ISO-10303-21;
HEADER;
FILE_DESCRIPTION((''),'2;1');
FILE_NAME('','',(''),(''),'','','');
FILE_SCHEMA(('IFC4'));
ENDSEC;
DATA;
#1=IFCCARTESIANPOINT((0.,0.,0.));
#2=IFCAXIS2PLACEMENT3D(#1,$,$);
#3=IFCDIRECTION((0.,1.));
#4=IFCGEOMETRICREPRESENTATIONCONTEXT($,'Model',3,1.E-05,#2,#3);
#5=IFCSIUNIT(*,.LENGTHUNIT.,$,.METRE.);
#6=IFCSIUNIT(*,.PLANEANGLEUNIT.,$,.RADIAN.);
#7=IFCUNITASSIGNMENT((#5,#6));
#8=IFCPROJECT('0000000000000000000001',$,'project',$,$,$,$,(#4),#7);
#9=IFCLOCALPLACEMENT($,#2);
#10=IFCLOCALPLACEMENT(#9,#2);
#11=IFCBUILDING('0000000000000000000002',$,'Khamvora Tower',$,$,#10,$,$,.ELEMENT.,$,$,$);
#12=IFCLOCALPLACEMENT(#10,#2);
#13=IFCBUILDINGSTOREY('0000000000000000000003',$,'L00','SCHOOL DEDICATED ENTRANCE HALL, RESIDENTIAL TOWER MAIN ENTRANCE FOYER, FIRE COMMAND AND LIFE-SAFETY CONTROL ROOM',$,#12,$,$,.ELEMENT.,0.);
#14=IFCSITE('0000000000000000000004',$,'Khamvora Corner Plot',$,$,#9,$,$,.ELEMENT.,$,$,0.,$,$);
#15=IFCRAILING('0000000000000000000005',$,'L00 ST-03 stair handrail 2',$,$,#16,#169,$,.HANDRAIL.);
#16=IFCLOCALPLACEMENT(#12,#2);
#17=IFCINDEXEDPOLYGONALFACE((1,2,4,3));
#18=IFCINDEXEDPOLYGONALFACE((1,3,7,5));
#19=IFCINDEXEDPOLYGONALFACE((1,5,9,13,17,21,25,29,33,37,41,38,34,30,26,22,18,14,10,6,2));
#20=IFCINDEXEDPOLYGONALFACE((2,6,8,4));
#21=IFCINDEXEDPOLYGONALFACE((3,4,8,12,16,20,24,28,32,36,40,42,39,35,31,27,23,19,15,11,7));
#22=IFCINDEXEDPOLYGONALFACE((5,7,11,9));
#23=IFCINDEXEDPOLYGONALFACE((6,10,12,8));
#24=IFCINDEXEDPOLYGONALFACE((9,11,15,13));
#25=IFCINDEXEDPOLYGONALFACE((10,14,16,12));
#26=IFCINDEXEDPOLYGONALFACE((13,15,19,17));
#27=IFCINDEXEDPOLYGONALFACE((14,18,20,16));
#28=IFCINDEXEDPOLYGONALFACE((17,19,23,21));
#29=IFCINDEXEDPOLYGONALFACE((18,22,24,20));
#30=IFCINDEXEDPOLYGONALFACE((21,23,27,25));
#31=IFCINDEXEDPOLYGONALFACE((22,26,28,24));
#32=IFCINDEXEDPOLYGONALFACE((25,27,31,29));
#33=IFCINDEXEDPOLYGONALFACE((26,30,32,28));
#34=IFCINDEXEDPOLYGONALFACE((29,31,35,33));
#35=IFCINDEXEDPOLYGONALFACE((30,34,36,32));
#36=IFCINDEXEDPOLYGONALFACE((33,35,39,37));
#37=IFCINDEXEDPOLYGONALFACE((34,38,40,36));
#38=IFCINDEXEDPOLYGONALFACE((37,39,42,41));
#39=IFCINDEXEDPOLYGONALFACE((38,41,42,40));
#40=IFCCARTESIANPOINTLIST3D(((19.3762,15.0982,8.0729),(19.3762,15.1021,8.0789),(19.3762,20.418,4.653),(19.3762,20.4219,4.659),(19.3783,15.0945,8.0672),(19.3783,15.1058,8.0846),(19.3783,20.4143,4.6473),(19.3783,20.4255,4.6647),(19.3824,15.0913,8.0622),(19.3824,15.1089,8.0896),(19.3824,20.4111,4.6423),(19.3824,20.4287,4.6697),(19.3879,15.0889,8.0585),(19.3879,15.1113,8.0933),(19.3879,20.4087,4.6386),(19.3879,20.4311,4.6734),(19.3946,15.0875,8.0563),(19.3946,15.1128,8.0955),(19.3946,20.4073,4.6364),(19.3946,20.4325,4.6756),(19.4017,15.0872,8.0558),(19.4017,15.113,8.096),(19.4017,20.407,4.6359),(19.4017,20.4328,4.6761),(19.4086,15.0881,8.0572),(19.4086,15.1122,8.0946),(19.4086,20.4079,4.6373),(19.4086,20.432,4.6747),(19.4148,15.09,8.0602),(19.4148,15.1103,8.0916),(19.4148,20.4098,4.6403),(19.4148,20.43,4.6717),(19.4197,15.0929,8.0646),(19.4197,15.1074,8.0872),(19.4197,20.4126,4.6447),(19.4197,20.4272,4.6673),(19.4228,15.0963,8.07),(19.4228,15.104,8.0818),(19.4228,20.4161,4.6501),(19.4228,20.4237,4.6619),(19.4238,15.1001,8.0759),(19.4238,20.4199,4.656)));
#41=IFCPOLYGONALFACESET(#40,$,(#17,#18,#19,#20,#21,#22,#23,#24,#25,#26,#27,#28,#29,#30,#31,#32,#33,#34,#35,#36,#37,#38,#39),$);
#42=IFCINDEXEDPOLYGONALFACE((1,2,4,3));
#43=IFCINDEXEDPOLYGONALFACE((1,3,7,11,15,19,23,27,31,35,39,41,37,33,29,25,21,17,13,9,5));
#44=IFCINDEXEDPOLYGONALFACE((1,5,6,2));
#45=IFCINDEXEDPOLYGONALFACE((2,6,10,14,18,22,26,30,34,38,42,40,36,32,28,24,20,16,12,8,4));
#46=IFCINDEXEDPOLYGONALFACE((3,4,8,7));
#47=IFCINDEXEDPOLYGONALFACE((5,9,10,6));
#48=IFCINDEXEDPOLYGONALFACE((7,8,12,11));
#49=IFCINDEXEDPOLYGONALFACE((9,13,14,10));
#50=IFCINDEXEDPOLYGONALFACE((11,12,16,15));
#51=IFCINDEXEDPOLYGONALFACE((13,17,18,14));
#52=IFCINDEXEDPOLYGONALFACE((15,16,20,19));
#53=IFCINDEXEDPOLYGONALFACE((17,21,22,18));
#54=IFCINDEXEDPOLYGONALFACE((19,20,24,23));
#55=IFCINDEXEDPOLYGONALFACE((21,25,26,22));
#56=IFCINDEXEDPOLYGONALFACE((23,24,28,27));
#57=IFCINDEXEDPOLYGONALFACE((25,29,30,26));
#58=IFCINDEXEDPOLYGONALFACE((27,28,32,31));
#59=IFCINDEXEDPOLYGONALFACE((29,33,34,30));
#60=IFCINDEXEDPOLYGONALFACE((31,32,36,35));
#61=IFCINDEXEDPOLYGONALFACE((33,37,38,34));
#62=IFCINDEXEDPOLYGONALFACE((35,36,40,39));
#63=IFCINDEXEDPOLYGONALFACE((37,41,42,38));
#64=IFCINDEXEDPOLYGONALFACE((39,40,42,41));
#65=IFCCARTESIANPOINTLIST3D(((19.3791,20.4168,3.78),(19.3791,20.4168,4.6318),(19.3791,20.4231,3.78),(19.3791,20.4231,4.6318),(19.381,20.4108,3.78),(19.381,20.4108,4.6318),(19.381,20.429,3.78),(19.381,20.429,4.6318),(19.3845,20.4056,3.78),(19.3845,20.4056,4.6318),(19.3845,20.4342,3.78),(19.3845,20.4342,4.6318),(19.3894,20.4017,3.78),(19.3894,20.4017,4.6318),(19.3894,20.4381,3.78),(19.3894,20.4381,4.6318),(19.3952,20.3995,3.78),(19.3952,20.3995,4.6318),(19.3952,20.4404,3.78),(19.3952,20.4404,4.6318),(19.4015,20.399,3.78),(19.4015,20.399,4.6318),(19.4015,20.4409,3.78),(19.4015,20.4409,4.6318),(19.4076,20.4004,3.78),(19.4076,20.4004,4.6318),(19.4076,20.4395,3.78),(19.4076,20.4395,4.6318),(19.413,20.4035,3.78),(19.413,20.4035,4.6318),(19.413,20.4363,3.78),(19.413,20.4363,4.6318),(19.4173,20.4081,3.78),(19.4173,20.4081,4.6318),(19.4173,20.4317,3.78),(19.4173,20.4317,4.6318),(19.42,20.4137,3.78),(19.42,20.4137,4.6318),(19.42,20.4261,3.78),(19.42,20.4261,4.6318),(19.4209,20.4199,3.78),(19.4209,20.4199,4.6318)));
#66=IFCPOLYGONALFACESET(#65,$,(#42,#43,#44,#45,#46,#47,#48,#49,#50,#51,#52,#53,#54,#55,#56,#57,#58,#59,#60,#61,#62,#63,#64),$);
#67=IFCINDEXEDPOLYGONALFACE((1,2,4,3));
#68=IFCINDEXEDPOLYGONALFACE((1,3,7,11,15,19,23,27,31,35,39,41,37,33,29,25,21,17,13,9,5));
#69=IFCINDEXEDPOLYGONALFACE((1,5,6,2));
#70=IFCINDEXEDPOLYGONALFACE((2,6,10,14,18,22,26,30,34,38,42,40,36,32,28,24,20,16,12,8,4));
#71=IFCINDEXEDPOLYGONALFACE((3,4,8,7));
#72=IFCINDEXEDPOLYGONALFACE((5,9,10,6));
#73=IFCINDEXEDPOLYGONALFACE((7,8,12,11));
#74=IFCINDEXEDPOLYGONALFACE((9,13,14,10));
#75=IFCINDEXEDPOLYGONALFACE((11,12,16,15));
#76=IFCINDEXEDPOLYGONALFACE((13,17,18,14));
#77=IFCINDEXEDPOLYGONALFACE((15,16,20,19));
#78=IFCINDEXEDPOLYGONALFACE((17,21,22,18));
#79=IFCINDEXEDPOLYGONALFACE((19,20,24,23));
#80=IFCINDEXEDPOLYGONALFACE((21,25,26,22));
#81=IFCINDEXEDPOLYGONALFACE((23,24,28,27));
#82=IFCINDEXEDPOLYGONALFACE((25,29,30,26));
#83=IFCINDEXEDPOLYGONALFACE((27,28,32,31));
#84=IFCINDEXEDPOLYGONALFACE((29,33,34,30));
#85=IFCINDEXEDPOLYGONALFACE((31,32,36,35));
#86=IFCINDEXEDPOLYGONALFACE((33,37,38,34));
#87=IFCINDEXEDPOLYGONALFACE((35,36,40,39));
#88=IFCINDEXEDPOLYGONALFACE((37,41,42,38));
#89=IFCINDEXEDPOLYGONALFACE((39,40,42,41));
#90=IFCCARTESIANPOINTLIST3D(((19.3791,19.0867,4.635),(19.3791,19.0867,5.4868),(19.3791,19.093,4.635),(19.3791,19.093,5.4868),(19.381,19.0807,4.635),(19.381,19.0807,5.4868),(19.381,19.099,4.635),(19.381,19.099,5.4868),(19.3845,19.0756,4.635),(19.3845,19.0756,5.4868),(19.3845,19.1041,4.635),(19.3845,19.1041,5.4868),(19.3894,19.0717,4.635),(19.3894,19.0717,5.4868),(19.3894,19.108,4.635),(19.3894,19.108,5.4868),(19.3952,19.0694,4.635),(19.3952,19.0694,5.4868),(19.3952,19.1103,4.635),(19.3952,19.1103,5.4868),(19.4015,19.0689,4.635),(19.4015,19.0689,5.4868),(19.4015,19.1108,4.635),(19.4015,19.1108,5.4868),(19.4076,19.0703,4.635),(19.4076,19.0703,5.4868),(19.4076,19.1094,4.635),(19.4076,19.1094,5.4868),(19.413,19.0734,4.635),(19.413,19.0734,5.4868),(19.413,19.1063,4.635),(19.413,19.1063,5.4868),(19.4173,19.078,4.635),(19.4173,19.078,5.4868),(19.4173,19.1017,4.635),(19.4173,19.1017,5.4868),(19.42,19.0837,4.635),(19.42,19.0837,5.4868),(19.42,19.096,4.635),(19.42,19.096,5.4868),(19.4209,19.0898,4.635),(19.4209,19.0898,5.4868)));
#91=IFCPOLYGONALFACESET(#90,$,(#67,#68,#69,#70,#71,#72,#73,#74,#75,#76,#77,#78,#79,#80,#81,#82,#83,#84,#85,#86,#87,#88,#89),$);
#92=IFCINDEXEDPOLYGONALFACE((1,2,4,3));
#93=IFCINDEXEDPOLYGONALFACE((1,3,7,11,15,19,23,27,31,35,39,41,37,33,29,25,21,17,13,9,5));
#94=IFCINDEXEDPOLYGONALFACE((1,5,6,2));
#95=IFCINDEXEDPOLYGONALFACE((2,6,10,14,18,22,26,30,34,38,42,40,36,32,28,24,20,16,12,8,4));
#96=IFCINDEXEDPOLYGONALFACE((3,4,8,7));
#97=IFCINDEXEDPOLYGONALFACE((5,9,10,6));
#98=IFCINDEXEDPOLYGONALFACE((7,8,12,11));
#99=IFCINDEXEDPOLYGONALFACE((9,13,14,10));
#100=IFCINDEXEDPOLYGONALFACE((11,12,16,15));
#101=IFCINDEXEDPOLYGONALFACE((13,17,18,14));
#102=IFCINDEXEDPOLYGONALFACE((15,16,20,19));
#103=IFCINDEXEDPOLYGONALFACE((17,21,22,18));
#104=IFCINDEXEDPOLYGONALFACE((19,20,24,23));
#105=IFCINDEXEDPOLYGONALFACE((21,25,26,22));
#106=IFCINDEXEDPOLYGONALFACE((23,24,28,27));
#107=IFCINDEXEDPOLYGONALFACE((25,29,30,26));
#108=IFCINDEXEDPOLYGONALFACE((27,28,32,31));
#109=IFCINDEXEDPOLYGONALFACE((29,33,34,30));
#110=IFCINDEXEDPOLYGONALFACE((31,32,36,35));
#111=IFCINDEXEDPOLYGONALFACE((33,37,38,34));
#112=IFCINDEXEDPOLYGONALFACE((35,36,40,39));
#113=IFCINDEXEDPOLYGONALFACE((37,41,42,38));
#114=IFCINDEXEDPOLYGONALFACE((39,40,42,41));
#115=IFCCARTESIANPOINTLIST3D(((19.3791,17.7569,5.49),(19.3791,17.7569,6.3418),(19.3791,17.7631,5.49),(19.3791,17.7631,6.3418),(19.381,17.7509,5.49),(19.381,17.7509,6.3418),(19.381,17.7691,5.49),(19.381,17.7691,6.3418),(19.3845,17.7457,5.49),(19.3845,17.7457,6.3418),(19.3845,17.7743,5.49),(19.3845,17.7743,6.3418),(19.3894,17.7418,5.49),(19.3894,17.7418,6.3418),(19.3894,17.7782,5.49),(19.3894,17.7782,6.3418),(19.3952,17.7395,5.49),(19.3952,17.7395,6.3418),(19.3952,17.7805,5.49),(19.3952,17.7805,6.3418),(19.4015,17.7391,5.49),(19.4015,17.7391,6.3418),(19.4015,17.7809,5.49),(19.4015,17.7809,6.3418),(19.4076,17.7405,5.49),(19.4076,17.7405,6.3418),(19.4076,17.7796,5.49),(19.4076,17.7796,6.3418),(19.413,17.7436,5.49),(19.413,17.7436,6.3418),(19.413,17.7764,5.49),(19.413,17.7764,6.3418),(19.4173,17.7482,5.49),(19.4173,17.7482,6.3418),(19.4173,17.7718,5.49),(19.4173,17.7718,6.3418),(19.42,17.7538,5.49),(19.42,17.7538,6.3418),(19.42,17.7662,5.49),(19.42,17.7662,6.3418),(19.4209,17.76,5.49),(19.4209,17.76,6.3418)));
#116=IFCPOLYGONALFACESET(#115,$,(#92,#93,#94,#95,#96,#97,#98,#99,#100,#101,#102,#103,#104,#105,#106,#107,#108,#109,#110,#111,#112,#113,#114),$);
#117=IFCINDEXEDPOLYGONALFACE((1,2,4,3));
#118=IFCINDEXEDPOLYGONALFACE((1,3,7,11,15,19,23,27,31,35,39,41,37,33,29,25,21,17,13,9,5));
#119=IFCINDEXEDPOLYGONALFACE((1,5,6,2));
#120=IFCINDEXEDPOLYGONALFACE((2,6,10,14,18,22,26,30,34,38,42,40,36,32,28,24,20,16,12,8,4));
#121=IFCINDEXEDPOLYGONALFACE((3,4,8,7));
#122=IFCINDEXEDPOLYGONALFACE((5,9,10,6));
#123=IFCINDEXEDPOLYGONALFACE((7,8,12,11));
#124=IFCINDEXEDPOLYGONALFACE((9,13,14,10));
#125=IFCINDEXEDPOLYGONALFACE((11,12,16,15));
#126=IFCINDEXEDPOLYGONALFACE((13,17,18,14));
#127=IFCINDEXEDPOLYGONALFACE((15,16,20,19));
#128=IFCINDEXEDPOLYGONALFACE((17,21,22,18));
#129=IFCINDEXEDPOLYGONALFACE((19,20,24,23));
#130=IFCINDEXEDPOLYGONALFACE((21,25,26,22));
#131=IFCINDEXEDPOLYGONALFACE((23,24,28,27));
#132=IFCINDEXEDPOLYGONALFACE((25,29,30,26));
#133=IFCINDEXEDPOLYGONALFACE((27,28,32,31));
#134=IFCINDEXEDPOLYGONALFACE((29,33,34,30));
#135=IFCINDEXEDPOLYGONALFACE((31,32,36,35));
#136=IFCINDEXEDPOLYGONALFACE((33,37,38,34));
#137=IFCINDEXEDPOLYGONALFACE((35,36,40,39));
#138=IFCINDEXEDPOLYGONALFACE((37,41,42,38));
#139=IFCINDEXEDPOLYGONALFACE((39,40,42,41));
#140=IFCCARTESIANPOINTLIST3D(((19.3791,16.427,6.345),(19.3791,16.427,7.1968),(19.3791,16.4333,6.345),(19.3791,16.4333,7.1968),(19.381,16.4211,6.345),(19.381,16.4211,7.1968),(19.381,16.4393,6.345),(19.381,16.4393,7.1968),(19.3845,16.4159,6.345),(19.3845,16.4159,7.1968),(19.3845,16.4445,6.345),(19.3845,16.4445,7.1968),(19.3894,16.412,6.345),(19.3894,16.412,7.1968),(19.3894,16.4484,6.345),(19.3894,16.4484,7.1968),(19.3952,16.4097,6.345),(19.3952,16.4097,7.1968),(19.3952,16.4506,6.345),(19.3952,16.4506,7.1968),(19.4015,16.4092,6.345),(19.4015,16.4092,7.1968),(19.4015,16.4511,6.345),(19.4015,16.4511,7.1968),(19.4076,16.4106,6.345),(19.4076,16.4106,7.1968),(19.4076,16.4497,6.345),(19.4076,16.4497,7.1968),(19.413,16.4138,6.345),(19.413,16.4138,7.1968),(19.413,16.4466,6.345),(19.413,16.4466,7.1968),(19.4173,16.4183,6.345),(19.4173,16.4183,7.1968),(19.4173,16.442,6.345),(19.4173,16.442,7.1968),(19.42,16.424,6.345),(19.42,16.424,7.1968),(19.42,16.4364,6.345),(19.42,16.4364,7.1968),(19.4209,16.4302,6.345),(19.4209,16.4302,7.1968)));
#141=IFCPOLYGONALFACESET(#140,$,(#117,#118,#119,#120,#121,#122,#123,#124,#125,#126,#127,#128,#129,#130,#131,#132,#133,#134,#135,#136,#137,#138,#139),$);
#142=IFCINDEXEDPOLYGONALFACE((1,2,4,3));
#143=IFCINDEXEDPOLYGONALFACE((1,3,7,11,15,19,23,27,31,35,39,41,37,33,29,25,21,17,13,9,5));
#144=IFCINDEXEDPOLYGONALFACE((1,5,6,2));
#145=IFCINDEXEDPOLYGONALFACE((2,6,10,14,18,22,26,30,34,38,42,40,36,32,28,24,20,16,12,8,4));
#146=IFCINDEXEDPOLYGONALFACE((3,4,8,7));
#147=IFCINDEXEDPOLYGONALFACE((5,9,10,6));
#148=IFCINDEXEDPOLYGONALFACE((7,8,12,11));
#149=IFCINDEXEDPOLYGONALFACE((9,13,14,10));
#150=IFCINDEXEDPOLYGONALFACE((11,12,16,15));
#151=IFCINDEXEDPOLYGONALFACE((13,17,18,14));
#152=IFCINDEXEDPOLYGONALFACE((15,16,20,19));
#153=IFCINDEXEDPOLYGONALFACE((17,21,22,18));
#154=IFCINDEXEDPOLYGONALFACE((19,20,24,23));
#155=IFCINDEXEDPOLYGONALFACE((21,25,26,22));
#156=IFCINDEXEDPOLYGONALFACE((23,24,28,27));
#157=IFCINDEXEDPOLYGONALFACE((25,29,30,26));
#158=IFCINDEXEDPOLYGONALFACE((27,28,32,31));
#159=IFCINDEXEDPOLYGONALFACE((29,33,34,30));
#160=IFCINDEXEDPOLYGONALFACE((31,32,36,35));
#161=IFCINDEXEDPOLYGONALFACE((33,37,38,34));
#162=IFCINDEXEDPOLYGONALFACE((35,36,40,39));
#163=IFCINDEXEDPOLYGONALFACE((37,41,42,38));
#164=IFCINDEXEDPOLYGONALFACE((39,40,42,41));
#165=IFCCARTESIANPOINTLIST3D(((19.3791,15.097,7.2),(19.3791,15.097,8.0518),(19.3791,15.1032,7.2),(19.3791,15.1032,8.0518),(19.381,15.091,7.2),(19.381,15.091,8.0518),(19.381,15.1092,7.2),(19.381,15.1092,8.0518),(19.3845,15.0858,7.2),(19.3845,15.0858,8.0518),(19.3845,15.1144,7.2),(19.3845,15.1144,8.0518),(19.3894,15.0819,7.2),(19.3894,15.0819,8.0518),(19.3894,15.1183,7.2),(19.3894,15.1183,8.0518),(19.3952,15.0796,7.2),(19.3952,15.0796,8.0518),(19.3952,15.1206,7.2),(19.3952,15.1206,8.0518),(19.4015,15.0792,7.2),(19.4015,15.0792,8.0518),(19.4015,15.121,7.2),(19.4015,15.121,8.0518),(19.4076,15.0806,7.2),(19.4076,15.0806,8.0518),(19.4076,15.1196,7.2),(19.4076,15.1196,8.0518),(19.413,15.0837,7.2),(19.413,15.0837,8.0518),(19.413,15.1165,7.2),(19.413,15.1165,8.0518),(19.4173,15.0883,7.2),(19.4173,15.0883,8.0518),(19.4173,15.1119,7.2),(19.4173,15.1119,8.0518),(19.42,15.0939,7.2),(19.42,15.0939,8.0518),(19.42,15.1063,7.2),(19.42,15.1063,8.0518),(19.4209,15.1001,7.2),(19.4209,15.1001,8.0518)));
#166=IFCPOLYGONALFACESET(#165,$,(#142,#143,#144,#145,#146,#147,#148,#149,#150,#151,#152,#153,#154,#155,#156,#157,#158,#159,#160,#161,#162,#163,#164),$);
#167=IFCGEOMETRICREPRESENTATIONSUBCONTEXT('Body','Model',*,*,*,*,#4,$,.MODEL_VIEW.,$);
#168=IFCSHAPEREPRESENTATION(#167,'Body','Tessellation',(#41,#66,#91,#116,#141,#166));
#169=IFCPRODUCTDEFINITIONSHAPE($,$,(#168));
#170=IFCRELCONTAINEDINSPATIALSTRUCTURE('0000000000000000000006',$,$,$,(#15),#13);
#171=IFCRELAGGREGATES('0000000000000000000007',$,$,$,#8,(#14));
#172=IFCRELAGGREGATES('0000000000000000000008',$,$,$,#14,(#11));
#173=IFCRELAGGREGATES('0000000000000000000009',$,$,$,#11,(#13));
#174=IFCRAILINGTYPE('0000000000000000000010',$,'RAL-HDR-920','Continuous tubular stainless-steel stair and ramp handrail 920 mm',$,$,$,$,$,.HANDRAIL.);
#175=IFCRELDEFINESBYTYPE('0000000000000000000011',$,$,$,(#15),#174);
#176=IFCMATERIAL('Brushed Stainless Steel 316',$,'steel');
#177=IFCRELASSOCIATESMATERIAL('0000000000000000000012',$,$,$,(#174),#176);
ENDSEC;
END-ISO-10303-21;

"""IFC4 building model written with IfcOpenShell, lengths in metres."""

from ifc_helpers import new_model, si_unit, direction, frame, origin, origin_2d, place, context, subcontext, project, spatial, circle, extrude, material, type_object, element, save


model = new_model("IFC4")

# Units and contexts
model_context = context("Model", 3, precision=1e-05, world=origin(), true_north=direction((0.0, 1.0)))
body_context = subcontext(model_context, "Body", "Model", "MODEL_VIEW")
ifc_project = project(units=[si_unit("LENGTHUNIT", "METRE"), si_unit("PLANEANGLEUNIT", "RADIAN")], contexts=[model_context])

# Site, building, storey
site_placement = place(None, origin())
site = spatial("IfcSite", under=ifc_project, at=site_placement, Name="Khamvora Corner Plot", CompositionType="ELEMENT", RefElevation=0.0)
building_placement = place(site_placement, origin())
building = spatial("IfcBuilding", under=site, at=building_placement, Name="Khamvora Tower", CompositionType="ELEMENT")
storey_placement = place(building_placement, origin())
storey = spatial("IfcBuildingStorey", under=building, at=storey_placement, Name="L00", Description="SCHOOL DEDICATED ENTRANCE HALL, RESIDENTIAL TOWER MAIN ENTRANCE FOYER, FIRE COMMAND AND LIFE-SAFETY CONTROL ROOM", CompositionType="ELEMENT", Elevation=0.0)

# Railing
ifc_material_1 = material(Name="Brushed Stainless Steel 316", Category="steel")
railing_type_1 = type_object("IfcRailingType", Name="RAL-HDR-920", Description="Continuous tubular stainless-steel stair and ramp handrail 920 mm", PredefinedType="HANDRAIL", material=ifc_material_1)
railing_1_placement = place(storey_placement, frame((19.3999, 20.4199, 3.78)))
element("IfcRailing", 1, at=railing_1_placement, inside=storey, type_object=railing_type_1, Name="L00 ST-03 stair handrail 2", PredefinedType="HANDRAIL", context=body_context, shape_type="SweptSolid", body=[
    extrude(circle(Radius=0.0239, at=origin_2d()), frame((0.0, 0.0, 0.876), z_axis=(0.0, -0.841176, 0.540761), x_axis=(1.0, 0.0, 0.0)), (0.0, 0.0, 1.0), 6.3242),
    extrude(circle(Radius=0.021, at=origin_2d()), origin(), (0.0, 0.0, 1.0), 0.8518),
    extrude(circle(Radius=0.021, at=origin_2d()), frame((0.0, -1.3301, 0.855)), (0.0, 0.0, 1.0), 0.8518),
    extrude(circle(Radius=0.021, at=origin_2d()), frame((0.0, -2.6599, 1.71)), (0.0, 0.0, 1.0), 0.8518),
    extrude(circle(Radius=0.021, at=origin_2d()), frame((0.0, -3.9897, 2.5649)), (0.0, 0.0, 1.0), 0.8518),
    extrude(circle(Radius=0.021, at=origin_2d()), frame((0.0, -5.3198, 3.4199)), (0.0, 0.0, 1.0), 0.8518),
])

save(model, "model.ifc")
